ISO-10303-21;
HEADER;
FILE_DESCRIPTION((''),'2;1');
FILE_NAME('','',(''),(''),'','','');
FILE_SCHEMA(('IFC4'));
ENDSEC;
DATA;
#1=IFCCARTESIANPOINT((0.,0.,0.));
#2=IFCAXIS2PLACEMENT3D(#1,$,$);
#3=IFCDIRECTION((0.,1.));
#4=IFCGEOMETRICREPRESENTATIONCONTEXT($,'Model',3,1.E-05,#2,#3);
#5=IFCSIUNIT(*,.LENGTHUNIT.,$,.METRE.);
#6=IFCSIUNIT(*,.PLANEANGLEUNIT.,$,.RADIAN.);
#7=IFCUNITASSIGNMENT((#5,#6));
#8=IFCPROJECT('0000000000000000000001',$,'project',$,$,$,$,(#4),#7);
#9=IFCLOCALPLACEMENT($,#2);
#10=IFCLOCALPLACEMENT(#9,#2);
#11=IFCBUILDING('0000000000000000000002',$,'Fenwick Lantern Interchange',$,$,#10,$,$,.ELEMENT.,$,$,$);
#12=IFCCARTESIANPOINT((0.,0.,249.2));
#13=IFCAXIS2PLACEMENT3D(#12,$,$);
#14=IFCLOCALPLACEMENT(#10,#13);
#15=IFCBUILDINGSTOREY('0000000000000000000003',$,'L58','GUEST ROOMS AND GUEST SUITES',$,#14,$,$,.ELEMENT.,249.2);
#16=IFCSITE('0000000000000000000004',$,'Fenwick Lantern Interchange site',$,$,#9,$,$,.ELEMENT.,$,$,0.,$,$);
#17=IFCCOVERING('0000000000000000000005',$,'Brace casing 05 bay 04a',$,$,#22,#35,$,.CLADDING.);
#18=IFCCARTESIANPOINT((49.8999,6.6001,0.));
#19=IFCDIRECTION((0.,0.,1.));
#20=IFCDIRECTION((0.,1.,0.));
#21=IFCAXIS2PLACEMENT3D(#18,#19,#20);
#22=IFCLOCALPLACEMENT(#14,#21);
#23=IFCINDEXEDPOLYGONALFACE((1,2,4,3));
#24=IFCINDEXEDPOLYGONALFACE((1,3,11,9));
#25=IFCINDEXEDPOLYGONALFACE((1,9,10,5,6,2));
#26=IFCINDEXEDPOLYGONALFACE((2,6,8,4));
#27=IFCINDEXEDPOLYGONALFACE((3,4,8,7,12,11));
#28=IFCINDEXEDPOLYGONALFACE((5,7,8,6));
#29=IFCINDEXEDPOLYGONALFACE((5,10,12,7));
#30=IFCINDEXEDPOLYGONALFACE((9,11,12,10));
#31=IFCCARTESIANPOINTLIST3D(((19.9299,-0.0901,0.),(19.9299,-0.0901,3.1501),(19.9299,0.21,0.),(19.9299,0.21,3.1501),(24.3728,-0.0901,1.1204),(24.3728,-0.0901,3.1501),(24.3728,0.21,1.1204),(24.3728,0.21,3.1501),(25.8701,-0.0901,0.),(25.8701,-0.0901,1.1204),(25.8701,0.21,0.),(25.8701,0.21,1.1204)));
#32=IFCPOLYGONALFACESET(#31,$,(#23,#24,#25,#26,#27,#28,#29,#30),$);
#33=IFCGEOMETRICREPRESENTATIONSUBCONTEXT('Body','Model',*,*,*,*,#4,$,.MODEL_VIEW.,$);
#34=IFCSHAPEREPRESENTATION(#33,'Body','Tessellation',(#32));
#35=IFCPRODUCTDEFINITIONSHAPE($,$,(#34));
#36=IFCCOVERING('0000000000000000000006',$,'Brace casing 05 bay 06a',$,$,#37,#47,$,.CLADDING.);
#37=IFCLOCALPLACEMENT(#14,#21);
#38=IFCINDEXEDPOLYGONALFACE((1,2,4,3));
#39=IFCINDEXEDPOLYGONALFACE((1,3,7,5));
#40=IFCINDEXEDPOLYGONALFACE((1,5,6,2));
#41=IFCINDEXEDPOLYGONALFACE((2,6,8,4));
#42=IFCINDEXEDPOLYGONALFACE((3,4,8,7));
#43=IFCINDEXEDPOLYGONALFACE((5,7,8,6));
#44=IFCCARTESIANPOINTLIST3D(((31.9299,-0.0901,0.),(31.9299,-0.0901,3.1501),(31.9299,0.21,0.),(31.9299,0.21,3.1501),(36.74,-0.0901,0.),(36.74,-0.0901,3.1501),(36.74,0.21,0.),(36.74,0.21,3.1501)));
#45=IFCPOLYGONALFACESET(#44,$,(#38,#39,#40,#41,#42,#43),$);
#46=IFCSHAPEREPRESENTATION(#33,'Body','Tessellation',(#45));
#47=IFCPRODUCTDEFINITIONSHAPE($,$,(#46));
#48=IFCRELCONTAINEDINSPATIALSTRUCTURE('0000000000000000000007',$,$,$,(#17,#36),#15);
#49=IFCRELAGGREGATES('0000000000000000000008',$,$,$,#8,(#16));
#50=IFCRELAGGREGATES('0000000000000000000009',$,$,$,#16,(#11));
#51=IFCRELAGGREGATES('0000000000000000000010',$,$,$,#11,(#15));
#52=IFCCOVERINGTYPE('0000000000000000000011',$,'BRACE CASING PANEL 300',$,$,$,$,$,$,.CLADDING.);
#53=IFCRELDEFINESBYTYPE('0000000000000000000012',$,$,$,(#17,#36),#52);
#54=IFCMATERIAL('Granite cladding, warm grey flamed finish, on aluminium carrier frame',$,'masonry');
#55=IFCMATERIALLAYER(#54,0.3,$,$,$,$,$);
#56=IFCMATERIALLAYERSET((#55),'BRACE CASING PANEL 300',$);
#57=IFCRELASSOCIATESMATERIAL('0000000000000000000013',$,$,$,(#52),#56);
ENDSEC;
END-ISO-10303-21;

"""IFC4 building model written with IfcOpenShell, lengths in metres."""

from ifc_helpers import new_model, si_unit, direction, frame, origin, place, context, subcontext, project, spatial, polyline, outline, extrude, material, layer, layer_set, type_object, element, save


model = new_model("IFC4")

# Units and contexts
model_context = context("Model", 3, precision=1e-05, world=origin(), true_north=direction((0.0, 1.0)))
body_context = subcontext(model_context, "Body", "Model", "MODEL_VIEW")
ifc_project = project(units=[si_unit("LENGTHUNIT", "METRE"), si_unit("PLANEANGLEUNIT", "RADIAN")], contexts=[model_context])

# Site, building, storey
site_placement = place(None, origin())
site = spatial("IfcSite", under=ifc_project, at=site_placement, Name="Fenwick Lantern Interchange site", CompositionType="ELEMENT", RefElevation=0.0)
building_placement = place(site_placement, origin())
building = spatial("IfcBuilding", under=site, at=building_placement, Name="Fenwick Lantern Interchange", CompositionType="ELEMENT")
storey_placement = place(building_placement, frame((0.0, 0.0, 249.2)))
storey = spatial("IfcBuildingStorey", under=building, at=storey_placement, Name="L58", Description="GUEST ROOMS AND GUEST SUITES", CompositionType="ELEMENT", Elevation=249.2)

# Coverings
ifc_material_1 = material(Name="Granite cladding, warm grey flamed finish, on aluminium carrier frame", Category="masonry")
ifc_layer_1 = layer(ifc_material_1, 0.3)
ifc_layer_set_1 = layer_set([ifc_layer_1], Name="BRACE CASING PANEL 300")
covering_type = type_object("IfcCoveringType", Name="BRACE CASING PANEL 300", PredefinedType="CLADDING", material=ifc_layer_set_1)
covering_1_placement = place(storey_placement, frame((49.8999, 6.6001, 0.0), z_axis=(0.0, 0.0, 1.0), x_axis=(0.0, 1.0, 0.0)))
element("IfcCovering", 1, at=covering_1_placement, inside=storey, type_object=covering_type, Name="Brace casing 05 bay 04a", PredefinedType="CLADDING", context=body_context, shape_type="SweptSolid", body=[
    extrude(outline(polyline([(19.9299, 0.0), (25.8701, 0.0), (25.8701, 1.1204), (24.3728, 1.1204), (24.3728, 3.1501), (19.9299, 3.1501), (19.9299, 0.0)])), frame((0.0, 0.21, 0.0), z_axis=(0.0, -1.0, 0.0), x_axis=(1.0, 0.0, 0.0)), (0.0, 0.0, 1.0), 0.3),
])
covering_2_placement = place(storey_placement, frame((49.8999, 6.6001, 0.0), z_axis=(0.0, 0.0, 1.0), x_axis=(0.0, 1.0, 0.0)))
element("IfcCovering", 2, at=covering_2_placement, inside=storey, type_object=covering_type, Name="Brace casing 05 bay 06a", PredefinedType="CLADDING", context=body_context, shape_type="SweptSolid", body=[
    extrude(outline(polyline([(31.9299, 0.0), (36.74, 0.0), (36.74, 3.1501), (31.9299, 3.1501), (31.9299, 0.0)])), frame((0.0, 0.21, 0.0), z_axis=(0.0, -1.0, 0.0), x_axis=(1.0, 0.0, 0.0)), (0.0, 0.0, 1.0), 0.3),
])

save(model, "model.ifc")
